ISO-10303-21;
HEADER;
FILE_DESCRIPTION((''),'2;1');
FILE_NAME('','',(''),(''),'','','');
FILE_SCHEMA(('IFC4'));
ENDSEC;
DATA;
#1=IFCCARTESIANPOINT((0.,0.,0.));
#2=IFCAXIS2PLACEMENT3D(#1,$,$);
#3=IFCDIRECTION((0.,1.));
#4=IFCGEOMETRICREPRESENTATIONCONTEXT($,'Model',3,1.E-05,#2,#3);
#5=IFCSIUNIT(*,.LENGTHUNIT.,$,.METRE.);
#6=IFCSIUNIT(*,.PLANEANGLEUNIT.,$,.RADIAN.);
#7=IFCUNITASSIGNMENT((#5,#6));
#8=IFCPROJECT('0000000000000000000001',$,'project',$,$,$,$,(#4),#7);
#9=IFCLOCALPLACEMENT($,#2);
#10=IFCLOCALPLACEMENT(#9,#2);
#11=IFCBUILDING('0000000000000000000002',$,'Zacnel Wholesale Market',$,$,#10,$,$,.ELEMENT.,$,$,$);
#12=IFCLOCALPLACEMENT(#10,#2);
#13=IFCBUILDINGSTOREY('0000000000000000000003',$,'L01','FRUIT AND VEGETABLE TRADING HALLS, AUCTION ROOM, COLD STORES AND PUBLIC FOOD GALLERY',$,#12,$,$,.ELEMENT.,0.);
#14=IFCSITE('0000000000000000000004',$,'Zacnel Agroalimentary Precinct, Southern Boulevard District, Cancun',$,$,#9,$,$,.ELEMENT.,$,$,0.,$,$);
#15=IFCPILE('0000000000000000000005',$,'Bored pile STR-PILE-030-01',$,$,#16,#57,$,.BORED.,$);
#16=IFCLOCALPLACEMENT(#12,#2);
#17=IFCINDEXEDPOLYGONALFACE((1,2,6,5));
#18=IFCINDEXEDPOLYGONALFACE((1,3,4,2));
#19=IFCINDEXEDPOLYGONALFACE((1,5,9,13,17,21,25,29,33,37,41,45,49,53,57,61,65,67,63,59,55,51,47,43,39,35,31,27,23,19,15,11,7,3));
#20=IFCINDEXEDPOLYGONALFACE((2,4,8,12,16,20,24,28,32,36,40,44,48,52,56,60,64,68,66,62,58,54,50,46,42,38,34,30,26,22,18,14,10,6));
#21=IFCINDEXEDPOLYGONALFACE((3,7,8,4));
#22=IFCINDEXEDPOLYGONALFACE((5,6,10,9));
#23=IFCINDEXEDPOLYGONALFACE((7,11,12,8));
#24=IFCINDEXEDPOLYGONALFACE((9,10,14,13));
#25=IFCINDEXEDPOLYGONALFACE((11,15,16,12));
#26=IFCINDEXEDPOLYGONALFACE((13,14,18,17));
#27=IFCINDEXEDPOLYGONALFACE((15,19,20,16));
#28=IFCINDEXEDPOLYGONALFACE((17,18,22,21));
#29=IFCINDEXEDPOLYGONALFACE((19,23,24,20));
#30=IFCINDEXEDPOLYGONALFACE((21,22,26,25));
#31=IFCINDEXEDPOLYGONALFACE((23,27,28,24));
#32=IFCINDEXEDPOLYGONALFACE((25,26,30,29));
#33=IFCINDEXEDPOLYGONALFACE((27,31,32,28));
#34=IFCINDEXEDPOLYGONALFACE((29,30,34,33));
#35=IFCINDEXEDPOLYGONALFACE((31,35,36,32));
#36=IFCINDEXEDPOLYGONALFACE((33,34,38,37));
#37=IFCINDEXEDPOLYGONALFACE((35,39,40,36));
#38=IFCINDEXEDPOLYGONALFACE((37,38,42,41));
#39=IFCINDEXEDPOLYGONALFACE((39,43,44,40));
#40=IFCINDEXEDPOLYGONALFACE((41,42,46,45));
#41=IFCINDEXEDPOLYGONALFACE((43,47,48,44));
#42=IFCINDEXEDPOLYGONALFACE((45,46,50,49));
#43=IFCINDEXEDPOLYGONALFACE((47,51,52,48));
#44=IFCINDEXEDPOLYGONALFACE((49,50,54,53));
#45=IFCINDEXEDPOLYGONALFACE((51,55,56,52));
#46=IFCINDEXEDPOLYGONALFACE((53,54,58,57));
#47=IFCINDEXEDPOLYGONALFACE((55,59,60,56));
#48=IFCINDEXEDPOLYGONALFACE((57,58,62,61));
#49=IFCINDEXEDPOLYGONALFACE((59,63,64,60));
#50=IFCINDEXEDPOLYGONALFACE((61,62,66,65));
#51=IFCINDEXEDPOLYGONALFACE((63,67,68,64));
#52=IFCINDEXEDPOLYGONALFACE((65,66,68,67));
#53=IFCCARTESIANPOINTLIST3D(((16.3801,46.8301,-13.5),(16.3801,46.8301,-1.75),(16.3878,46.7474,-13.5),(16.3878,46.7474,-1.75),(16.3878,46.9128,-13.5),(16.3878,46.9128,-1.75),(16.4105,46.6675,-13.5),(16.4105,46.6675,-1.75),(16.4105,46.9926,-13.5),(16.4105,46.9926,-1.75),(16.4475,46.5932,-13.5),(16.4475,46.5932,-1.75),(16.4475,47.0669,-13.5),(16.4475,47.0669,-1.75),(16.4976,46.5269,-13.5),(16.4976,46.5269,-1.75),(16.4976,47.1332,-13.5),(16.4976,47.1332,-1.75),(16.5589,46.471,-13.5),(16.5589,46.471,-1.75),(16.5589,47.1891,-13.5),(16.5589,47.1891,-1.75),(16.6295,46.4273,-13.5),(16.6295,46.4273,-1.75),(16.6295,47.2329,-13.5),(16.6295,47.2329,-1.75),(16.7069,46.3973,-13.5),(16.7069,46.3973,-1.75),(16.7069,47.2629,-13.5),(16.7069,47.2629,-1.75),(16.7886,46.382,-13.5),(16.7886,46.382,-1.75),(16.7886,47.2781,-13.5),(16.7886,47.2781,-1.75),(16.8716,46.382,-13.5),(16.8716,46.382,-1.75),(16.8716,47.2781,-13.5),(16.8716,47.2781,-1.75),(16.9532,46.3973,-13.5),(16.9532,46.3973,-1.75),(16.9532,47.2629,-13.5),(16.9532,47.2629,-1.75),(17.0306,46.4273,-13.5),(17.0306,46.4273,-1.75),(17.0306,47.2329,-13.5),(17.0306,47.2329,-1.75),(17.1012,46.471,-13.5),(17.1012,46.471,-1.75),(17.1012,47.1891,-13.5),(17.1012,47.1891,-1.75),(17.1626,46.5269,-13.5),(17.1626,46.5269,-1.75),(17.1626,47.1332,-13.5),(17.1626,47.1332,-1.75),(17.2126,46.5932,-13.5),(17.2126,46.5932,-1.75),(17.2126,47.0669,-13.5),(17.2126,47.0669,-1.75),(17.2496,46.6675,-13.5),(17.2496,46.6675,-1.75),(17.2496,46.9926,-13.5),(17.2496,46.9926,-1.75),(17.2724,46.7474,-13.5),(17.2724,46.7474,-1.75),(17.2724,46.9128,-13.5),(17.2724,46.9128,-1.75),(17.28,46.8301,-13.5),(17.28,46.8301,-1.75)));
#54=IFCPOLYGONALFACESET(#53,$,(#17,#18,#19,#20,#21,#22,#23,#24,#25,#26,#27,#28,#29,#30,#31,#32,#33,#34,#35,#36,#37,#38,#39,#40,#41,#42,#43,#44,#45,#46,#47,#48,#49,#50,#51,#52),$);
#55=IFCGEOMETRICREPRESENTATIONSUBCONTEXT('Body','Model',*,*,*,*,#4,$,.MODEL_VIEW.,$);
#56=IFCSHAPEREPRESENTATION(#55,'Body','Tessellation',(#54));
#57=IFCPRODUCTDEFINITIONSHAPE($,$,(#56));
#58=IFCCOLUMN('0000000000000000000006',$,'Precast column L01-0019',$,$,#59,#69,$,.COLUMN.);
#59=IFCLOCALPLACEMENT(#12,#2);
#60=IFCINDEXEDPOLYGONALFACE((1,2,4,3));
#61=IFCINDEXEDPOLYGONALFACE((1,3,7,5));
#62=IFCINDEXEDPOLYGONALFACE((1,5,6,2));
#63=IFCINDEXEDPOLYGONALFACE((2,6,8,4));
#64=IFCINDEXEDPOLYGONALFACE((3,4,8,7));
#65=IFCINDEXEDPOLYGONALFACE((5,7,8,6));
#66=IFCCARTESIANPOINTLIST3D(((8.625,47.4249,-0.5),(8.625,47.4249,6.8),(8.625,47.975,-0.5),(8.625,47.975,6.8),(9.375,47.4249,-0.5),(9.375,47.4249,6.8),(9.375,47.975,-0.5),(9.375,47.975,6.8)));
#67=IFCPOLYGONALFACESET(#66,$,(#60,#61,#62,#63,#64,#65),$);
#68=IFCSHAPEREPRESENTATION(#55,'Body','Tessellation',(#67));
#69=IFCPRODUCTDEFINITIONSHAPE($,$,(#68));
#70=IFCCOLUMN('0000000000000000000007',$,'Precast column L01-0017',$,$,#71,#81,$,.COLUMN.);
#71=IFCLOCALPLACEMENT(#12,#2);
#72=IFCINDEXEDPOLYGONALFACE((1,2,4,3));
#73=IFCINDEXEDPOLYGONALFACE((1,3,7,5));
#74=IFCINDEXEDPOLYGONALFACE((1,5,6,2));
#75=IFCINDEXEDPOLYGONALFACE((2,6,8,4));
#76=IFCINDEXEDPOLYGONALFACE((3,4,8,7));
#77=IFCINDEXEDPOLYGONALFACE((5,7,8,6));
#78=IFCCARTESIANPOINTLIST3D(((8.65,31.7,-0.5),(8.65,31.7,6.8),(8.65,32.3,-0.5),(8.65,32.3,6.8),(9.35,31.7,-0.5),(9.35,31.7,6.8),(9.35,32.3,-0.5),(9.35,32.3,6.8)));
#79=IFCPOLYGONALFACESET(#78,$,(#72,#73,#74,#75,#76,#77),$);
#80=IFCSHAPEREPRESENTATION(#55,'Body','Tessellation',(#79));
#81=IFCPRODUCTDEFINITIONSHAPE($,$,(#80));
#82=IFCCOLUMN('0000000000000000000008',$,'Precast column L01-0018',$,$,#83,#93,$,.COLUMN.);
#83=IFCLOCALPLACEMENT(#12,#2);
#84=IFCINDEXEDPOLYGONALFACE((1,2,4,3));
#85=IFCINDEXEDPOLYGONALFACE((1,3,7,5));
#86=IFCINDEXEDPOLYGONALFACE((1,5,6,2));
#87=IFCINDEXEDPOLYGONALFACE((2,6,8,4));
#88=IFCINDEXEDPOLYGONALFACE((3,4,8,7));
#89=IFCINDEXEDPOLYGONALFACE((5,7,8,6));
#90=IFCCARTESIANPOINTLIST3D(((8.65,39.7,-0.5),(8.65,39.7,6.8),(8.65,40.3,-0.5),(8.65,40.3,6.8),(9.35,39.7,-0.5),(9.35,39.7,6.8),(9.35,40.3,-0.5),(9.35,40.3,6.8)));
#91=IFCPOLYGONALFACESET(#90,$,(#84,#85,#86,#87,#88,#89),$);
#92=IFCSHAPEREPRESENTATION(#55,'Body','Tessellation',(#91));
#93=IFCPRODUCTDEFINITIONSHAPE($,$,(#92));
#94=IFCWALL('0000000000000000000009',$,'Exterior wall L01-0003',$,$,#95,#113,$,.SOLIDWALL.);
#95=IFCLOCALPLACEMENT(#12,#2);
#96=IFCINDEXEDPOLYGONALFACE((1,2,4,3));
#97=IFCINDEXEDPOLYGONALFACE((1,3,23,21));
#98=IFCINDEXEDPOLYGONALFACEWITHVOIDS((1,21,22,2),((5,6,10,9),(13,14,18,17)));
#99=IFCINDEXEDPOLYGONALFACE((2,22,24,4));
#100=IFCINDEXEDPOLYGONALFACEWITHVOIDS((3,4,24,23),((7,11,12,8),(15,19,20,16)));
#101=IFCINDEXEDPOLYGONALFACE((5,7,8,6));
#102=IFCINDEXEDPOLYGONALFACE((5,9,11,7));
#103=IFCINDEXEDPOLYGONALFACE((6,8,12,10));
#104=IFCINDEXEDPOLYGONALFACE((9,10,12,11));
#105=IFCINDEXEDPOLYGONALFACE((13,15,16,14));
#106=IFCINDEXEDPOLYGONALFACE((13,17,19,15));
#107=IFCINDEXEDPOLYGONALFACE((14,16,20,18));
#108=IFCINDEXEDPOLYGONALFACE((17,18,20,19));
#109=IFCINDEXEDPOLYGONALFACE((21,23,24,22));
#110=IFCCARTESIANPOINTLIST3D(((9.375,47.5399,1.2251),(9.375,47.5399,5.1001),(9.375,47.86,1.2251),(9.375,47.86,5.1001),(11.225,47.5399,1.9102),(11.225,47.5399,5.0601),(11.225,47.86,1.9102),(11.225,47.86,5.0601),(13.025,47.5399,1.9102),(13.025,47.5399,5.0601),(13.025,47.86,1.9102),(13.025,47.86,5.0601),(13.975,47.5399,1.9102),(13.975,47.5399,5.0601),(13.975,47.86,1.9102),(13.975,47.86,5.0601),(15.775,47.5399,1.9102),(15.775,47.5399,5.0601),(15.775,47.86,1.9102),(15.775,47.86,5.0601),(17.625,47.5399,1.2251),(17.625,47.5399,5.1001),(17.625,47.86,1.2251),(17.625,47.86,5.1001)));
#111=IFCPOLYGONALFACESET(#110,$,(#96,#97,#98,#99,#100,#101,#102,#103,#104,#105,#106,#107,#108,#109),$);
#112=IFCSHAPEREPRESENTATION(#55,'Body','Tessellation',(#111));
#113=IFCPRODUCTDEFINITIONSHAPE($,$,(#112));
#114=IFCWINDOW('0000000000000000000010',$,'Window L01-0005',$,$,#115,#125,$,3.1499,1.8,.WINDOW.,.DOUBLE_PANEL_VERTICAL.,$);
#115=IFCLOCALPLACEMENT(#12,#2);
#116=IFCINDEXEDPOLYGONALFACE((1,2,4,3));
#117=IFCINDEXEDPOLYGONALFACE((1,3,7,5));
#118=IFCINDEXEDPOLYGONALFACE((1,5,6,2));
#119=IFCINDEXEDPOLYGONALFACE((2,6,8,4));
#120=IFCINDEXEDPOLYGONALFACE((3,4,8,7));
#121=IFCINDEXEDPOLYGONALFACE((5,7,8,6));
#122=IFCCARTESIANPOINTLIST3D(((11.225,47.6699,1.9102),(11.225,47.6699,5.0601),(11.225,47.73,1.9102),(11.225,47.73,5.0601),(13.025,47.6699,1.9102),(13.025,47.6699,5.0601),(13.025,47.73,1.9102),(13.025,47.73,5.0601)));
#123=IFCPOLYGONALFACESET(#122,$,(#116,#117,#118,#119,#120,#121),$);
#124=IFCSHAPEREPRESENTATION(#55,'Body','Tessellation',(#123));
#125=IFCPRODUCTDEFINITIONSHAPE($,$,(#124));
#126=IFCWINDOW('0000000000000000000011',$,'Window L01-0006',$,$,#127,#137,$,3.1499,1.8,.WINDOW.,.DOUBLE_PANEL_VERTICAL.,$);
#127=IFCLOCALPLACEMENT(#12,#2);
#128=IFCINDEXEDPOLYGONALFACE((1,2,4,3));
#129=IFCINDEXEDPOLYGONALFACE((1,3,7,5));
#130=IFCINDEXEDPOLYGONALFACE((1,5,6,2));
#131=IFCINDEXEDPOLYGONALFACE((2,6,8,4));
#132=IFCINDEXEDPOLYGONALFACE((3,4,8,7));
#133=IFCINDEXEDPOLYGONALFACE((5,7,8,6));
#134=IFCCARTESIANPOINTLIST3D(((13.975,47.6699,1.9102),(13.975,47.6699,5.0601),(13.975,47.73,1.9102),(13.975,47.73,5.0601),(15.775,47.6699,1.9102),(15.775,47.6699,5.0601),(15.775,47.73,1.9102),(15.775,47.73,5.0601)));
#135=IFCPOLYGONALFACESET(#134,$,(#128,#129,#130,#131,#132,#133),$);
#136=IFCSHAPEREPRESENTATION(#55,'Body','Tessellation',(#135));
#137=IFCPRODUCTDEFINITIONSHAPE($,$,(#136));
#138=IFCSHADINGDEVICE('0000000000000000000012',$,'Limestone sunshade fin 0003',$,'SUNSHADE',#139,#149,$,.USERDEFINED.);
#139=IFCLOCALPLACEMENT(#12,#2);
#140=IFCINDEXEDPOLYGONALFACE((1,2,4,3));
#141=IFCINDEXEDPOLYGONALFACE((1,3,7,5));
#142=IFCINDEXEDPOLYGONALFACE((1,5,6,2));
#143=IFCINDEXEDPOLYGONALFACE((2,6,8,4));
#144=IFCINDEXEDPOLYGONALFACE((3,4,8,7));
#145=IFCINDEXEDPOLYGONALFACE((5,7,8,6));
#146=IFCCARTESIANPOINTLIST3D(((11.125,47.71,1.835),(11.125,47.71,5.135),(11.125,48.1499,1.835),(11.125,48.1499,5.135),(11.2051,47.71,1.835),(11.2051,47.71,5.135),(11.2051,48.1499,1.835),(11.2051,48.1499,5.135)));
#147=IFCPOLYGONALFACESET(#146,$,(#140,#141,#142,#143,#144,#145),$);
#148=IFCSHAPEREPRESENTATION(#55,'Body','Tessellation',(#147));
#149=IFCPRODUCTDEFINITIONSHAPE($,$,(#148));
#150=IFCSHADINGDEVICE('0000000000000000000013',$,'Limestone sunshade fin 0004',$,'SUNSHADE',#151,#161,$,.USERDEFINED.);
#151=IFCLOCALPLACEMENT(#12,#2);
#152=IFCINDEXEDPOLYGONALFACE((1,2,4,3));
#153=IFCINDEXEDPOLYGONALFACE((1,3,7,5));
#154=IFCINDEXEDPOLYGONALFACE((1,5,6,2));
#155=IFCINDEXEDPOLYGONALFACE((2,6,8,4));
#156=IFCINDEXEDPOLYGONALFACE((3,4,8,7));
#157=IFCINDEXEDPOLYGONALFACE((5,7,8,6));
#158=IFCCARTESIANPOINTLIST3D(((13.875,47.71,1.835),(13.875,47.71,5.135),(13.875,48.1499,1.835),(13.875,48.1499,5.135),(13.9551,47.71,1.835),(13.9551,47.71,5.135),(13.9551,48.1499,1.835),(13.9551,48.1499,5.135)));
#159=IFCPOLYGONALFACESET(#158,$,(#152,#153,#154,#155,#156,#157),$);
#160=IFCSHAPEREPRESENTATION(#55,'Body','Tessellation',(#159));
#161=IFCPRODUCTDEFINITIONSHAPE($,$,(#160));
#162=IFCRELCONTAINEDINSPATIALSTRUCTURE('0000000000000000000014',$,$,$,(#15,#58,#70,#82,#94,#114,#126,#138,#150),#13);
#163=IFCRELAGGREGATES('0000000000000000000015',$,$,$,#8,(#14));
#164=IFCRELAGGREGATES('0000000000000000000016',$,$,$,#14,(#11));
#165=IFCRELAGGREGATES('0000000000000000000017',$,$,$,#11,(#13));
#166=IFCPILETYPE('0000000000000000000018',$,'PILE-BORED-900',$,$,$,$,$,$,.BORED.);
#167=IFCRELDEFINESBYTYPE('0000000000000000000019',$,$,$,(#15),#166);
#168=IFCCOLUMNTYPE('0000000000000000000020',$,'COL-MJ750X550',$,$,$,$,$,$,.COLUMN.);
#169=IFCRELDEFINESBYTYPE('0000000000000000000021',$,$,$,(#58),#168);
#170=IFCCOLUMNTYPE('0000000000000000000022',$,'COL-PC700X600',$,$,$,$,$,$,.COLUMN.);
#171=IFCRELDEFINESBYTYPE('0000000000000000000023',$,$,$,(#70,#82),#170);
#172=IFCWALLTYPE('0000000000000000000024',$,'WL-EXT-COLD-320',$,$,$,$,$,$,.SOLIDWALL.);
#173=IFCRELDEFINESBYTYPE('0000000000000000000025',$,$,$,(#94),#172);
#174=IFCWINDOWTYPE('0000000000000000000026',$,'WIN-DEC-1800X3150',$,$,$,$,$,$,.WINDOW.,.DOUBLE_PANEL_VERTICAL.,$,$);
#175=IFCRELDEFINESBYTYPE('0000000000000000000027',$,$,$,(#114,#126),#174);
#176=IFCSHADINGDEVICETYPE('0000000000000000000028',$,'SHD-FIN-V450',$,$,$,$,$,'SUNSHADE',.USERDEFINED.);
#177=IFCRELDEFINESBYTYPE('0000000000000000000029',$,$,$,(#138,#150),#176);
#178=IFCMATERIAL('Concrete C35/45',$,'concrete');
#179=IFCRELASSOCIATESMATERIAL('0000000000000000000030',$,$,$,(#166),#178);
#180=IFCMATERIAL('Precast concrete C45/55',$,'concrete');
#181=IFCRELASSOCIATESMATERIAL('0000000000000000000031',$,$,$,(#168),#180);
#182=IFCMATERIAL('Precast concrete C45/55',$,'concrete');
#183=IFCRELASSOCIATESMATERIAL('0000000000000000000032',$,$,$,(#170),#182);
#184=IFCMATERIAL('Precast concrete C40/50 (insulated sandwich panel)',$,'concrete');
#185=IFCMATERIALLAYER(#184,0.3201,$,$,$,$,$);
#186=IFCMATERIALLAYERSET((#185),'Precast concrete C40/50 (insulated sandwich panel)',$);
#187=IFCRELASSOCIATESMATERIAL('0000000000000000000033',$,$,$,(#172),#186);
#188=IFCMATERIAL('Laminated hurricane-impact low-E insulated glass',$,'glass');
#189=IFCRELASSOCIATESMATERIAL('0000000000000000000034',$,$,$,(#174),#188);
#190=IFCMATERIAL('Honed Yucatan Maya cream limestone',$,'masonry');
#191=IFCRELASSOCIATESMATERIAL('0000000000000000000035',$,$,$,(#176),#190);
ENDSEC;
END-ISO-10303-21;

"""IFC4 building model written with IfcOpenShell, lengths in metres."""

from ifc_helpers import new_model, si_unit, direction, frame, frame_2d, origin, origin_2d, place, context, subcontext, project, spatial, rectangle, circle, extrude, material, layer, layer_set, material_profile, profile_set, type_object, element, fill, save


model = new_model("IFC4")

# Units and contexts
model_context = context("Model", 3, precision=1e-05, world=origin(), true_north=direction((0.0, 1.0)))
body_context = subcontext(model_context, "Body", "Model", "MODEL_VIEW")
ifc_project = project(units=[si_unit("LENGTHUNIT", "METRE"), si_unit("PLANEANGLEUNIT", "RADIAN")], contexts=[model_context])

# Site, building, storey
site_placement = place(None, origin())
site = spatial("IfcSite", under=ifc_project, at=site_placement, Name="Zacnel Agroalimentary Precinct, Southern Boulevard District, Cancun", CompositionType="ELEMENT", RefElevation=0.0)
building_placement = place(site_placement, origin())
building = spatial("IfcBuilding", under=site, at=building_placement, Name="Zacnel Wholesale Market", CompositionType="ELEMENT")
storey_placement = place(building_placement, origin())
storey = spatial("IfcBuildingStorey", under=building, at=storey_placement, Name="L01", Description="FRUIT AND VEGETABLE TRADING HALLS, AUCTION ROOM, COLD STORES AND PUBLIC FOOD GALLERY", CompositionType="ELEMENT", Elevation=0.0)

# Pile
ifc_material_1 = material(Name="Concrete C35/45", Category="concrete")
ifc_material_profile_1 = material_profile(ifc_material_1, circle(Radius=0.45, at=origin_2d()), Name="BORED PILE D900")
ifc_profile_set_1 = profile_set([ifc_material_profile_1], Name="Concrete C35/45")
pile_type = type_object("IfcPileType", Name="PILE-BORED-900", PredefinedType="BORED", material=ifc_profile_set_1)
pile_1_placement = place(storey_placement, frame((16.8301, 46.8301, -1.75), z_axis=(0.0, 0.0, -1.0), x_axis=(1.0, 0.0, 0.0)))
element("IfcPile", 1, at=pile_1_placement, inside=storey, type_object=pile_type, Name="Bored pile STR-PILE-030-01", PredefinedType="BORED", context=body_context, shape_type="SweptSolid", body=[
    extrude(circle(Radius=0.45, at=origin_2d()), origin(), (0.0, 0.0, 1.0), 11.75),
])

# Columns
ifc_material_2 = material(Name="Precast concrete C45/55", Category="concrete")
ifc_material_profile_2 = material_profile(ifc_material_2, rectangle(XDim=0.75, YDim=0.55, at=origin_2d()), Name="PC 750x550")
ifc_profile_set_2 = profile_set([ifc_material_profile_2], Name="Precast concrete C45/55")
column_type_1 = type_object("IfcColumnType", Name="COL-MJ750X550", PredefinedType="COLUMN", material=ifc_profile_set_2)
column_placement = place(storey_placement, frame((9.0, 47.7, -0.5), z_axis=(0.0, 0.0, 1.0), x_axis=(1.0, 0.0, 0.0)))
element("IfcColumn", 2, at=column_placement, inside=storey, type_object=column_type_1, Name="Precast column L01-0019", PredefinedType="COLUMN", context=body_context, shape_type="SweptSolid", body=[
    extrude(rectangle(XDim=0.75, YDim=0.55, at=origin_2d()), origin(), (0.0, 0.0, 1.0), 7.3),
])
ifc_material_3 = material(Name="Precast concrete C45/55", Category="concrete")
ifc_material_profile_3 = material_profile(ifc_material_3, rectangle(XDim=0.7, YDim=0.6001, at=origin_2d()), Name="PC 700x600")
ifc_profile_set_3 = profile_set([ifc_material_profile_3], Name="Precast concrete C45/55")
column_type_2 = type_object("IfcColumnType", Name="COL-PC700X600", PredefinedType="COLUMN", material=ifc_profile_set_3)
for number, where, z_axis, x_axis, name in (
    (3, (9.0, 32.0, -0.5), (0.0, 0.0, 1.0), (1.0, 0.0, 0.0), "Precast column L01-0017"),
    (4, (9.0, 40.0, -0.5), (0.0, 0.0, 1.0), (1.0, 0.0, 0.0), "Precast column L01-0018"),
):
    element("IfcColumn", number, at=place(storey_placement, frame(where, z_axis=z_axis, x_axis=x_axis)), inside=storey, type_object=column_type_2, Name=name, PredefinedType="COLUMN", context=body_context, shape_type="SweptSolid", body=[
        extrude(rectangle(XDim=0.7, YDim=0.6001, at=origin_2d()), origin(), (0.0, 0.0, 1.0), 7.3),
    ])

# Wall, openings, windows
ifc_material_4 = material(Name="Precast concrete C40/50 (insulated sandwich panel)", Category="concrete")
ifc_layer_1 = layer(ifc_material_4, 0.3201)
ifc_layer_set_1 = layer_set([ifc_layer_1], Name="Precast concrete C40/50 (insulated sandwich panel)")
wall_type = type_object("IfcWallType", Name="WL-EXT-COLD-320", PredefinedType="SOLIDWALL", material=ifc_layer_set_1)
wall_placement = place(storey_placement, frame((9.375, 47.7, 1.2251), z_axis=(0.0, 0.0, 1.0), x_axis=(1.0, 0.0, 0.0)))
wall = element("IfcWall", 5, at=wall_placement, inside=storey, type_object=wall_type, Name="Exterior wall L01-0003", PredefinedType="SOLIDWALL", context=body_context, shape_type="SweptSolid", body=[
    extrude(rectangle(XDim=8.25, YDim=0.3201, at=frame_2d((4.125, 0.0))), origin(), (0.0, 0.0, 1.0), 3.875),
])
opening_1_placement = place(wall_placement, frame((1.8501, 0.0, 0.6851)))
opening_1 = element("IfcOpeningElement", 6, at=opening_1_placement, cuts=wall, PredefinedType="OPENING", context=body_context, shape_type="SweptSolid", body=[
    extrude(rectangle(XDim=1.8, YDim=3.1499, at=frame_2d((0.8999, 1.575))), frame((0.0, 0.1699, 0.0), z_axis=(0.0, -1.0, 0.0), x_axis=(1.0, 0.0, 0.0)), (0.0, 0.0, 1.0), 0.3401),
])
opening_2_placement = place(wall_placement, frame((4.6001, 0.0, 0.6851)))
opening_2 = element("IfcOpeningElement", 7, at=opening_2_placement, cuts=wall, PredefinedType="OPENING", context=body_context, shape_type="SweptSolid", body=[
    extrude(rectangle(XDim=1.8, YDim=3.1499, at=frame_2d((0.8999, 1.575))), frame((0.0, 0.1699, 0.0), z_axis=(0.0, -1.0, 0.0), x_axis=(1.0, 0.0, 0.0)), (0.0, 0.0, 1.0), 0.3401),
])
ifc_material_5 = material(Name="Laminated hurricane-impact low-E insulated glass", Category="glass")
window_type = type_object("IfcWindowType", Name="WIN-DEC-1800X3150", PartitioningType="DOUBLE_PANEL_VERTICAL", PredefinedType="WINDOW", material=ifc_material_5)
window_1_placement = place(opening_1_placement, origin())
window_1 = element("IfcWindow", 8, at=window_1_placement, inside=storey, type_object=window_type, Name="Window L01-0005", OverallHeight=3.1499, OverallWidth=1.8, PartitioningType="DOUBLE_PANEL_VERTICAL", PredefinedType="WINDOW", context=body_context, shape_type="SweptSolid", body=[
    extrude(rectangle(XDim=1.8, YDim=3.1499, at=frame_2d((0.8999, 1.575))), frame((0.0, 0.03, 0.0), z_axis=(0.0, -1.0, 0.0), x_axis=(1.0, 0.0, 0.0)), (0.0, 0.0, 1.0), 0.0601),
])
fill(opening_1, window_1)
window_2_placement = place(opening_2_placement, origin())
window_2 = element("IfcWindow", 9, at=window_2_placement, inside=storey, type_object=window_type, Name="Window L01-0006", OverallHeight=3.1499, OverallWidth=1.8, PartitioningType="DOUBLE_PANEL_VERTICAL", PredefinedType="WINDOW", context=body_context, shape_type="SweptSolid", body=[
    extrude(rectangle(XDim=1.8, YDim=3.1499, at=frame_2d((0.8999, 1.575))), frame((0.0, 0.03, 0.0), z_axis=(0.0, -1.0, 0.0), x_axis=(1.0, 0.0, 0.0)), (0.0, 0.0, 1.0), 0.0601),
])
fill(opening_2, window_2)

# Shading devices
ifc_material_6 = material(Name="Honed Yucatan Maya cream limestone", Category="masonry")
shading_device_type = type_object("IfcShadingDeviceType", Name="SHD-FIN-V450", ElementType="SUNSHADE", PredefinedType="USERDEFINED", material=ifc_material_6)
for number, where, z_axis, x_axis, name in (
    (10, (11.165, 47.9299, 1.835), (0.0, 0.0, 1.0), (1.0, 0.0, 0.0), "Limestone sunshade fin 0003"),
    (11, (13.915, 47.9299, 1.835), (0.0, 0.0, 1.0), (1.0, 0.0, 0.0), "Limestone sunshade fin 0004"),
):
    element("IfcShadingDevice", number, at=place(storey_placement, frame(where, z_axis=z_axis, x_axis=x_axis)), inside=storey, type_object=shading_device_type, Name=name, ObjectType="SUNSHADE", PredefinedType="USERDEFINED", context=body_context, shape_type="SweptSolid", body=[
        extrude(rectangle(XDim=0.0801, YDim=0.4399, at=origin_2d()), origin(), (0.0, 0.0, 1.0), 3.3),
    ])

save(model, "model.ifc")
